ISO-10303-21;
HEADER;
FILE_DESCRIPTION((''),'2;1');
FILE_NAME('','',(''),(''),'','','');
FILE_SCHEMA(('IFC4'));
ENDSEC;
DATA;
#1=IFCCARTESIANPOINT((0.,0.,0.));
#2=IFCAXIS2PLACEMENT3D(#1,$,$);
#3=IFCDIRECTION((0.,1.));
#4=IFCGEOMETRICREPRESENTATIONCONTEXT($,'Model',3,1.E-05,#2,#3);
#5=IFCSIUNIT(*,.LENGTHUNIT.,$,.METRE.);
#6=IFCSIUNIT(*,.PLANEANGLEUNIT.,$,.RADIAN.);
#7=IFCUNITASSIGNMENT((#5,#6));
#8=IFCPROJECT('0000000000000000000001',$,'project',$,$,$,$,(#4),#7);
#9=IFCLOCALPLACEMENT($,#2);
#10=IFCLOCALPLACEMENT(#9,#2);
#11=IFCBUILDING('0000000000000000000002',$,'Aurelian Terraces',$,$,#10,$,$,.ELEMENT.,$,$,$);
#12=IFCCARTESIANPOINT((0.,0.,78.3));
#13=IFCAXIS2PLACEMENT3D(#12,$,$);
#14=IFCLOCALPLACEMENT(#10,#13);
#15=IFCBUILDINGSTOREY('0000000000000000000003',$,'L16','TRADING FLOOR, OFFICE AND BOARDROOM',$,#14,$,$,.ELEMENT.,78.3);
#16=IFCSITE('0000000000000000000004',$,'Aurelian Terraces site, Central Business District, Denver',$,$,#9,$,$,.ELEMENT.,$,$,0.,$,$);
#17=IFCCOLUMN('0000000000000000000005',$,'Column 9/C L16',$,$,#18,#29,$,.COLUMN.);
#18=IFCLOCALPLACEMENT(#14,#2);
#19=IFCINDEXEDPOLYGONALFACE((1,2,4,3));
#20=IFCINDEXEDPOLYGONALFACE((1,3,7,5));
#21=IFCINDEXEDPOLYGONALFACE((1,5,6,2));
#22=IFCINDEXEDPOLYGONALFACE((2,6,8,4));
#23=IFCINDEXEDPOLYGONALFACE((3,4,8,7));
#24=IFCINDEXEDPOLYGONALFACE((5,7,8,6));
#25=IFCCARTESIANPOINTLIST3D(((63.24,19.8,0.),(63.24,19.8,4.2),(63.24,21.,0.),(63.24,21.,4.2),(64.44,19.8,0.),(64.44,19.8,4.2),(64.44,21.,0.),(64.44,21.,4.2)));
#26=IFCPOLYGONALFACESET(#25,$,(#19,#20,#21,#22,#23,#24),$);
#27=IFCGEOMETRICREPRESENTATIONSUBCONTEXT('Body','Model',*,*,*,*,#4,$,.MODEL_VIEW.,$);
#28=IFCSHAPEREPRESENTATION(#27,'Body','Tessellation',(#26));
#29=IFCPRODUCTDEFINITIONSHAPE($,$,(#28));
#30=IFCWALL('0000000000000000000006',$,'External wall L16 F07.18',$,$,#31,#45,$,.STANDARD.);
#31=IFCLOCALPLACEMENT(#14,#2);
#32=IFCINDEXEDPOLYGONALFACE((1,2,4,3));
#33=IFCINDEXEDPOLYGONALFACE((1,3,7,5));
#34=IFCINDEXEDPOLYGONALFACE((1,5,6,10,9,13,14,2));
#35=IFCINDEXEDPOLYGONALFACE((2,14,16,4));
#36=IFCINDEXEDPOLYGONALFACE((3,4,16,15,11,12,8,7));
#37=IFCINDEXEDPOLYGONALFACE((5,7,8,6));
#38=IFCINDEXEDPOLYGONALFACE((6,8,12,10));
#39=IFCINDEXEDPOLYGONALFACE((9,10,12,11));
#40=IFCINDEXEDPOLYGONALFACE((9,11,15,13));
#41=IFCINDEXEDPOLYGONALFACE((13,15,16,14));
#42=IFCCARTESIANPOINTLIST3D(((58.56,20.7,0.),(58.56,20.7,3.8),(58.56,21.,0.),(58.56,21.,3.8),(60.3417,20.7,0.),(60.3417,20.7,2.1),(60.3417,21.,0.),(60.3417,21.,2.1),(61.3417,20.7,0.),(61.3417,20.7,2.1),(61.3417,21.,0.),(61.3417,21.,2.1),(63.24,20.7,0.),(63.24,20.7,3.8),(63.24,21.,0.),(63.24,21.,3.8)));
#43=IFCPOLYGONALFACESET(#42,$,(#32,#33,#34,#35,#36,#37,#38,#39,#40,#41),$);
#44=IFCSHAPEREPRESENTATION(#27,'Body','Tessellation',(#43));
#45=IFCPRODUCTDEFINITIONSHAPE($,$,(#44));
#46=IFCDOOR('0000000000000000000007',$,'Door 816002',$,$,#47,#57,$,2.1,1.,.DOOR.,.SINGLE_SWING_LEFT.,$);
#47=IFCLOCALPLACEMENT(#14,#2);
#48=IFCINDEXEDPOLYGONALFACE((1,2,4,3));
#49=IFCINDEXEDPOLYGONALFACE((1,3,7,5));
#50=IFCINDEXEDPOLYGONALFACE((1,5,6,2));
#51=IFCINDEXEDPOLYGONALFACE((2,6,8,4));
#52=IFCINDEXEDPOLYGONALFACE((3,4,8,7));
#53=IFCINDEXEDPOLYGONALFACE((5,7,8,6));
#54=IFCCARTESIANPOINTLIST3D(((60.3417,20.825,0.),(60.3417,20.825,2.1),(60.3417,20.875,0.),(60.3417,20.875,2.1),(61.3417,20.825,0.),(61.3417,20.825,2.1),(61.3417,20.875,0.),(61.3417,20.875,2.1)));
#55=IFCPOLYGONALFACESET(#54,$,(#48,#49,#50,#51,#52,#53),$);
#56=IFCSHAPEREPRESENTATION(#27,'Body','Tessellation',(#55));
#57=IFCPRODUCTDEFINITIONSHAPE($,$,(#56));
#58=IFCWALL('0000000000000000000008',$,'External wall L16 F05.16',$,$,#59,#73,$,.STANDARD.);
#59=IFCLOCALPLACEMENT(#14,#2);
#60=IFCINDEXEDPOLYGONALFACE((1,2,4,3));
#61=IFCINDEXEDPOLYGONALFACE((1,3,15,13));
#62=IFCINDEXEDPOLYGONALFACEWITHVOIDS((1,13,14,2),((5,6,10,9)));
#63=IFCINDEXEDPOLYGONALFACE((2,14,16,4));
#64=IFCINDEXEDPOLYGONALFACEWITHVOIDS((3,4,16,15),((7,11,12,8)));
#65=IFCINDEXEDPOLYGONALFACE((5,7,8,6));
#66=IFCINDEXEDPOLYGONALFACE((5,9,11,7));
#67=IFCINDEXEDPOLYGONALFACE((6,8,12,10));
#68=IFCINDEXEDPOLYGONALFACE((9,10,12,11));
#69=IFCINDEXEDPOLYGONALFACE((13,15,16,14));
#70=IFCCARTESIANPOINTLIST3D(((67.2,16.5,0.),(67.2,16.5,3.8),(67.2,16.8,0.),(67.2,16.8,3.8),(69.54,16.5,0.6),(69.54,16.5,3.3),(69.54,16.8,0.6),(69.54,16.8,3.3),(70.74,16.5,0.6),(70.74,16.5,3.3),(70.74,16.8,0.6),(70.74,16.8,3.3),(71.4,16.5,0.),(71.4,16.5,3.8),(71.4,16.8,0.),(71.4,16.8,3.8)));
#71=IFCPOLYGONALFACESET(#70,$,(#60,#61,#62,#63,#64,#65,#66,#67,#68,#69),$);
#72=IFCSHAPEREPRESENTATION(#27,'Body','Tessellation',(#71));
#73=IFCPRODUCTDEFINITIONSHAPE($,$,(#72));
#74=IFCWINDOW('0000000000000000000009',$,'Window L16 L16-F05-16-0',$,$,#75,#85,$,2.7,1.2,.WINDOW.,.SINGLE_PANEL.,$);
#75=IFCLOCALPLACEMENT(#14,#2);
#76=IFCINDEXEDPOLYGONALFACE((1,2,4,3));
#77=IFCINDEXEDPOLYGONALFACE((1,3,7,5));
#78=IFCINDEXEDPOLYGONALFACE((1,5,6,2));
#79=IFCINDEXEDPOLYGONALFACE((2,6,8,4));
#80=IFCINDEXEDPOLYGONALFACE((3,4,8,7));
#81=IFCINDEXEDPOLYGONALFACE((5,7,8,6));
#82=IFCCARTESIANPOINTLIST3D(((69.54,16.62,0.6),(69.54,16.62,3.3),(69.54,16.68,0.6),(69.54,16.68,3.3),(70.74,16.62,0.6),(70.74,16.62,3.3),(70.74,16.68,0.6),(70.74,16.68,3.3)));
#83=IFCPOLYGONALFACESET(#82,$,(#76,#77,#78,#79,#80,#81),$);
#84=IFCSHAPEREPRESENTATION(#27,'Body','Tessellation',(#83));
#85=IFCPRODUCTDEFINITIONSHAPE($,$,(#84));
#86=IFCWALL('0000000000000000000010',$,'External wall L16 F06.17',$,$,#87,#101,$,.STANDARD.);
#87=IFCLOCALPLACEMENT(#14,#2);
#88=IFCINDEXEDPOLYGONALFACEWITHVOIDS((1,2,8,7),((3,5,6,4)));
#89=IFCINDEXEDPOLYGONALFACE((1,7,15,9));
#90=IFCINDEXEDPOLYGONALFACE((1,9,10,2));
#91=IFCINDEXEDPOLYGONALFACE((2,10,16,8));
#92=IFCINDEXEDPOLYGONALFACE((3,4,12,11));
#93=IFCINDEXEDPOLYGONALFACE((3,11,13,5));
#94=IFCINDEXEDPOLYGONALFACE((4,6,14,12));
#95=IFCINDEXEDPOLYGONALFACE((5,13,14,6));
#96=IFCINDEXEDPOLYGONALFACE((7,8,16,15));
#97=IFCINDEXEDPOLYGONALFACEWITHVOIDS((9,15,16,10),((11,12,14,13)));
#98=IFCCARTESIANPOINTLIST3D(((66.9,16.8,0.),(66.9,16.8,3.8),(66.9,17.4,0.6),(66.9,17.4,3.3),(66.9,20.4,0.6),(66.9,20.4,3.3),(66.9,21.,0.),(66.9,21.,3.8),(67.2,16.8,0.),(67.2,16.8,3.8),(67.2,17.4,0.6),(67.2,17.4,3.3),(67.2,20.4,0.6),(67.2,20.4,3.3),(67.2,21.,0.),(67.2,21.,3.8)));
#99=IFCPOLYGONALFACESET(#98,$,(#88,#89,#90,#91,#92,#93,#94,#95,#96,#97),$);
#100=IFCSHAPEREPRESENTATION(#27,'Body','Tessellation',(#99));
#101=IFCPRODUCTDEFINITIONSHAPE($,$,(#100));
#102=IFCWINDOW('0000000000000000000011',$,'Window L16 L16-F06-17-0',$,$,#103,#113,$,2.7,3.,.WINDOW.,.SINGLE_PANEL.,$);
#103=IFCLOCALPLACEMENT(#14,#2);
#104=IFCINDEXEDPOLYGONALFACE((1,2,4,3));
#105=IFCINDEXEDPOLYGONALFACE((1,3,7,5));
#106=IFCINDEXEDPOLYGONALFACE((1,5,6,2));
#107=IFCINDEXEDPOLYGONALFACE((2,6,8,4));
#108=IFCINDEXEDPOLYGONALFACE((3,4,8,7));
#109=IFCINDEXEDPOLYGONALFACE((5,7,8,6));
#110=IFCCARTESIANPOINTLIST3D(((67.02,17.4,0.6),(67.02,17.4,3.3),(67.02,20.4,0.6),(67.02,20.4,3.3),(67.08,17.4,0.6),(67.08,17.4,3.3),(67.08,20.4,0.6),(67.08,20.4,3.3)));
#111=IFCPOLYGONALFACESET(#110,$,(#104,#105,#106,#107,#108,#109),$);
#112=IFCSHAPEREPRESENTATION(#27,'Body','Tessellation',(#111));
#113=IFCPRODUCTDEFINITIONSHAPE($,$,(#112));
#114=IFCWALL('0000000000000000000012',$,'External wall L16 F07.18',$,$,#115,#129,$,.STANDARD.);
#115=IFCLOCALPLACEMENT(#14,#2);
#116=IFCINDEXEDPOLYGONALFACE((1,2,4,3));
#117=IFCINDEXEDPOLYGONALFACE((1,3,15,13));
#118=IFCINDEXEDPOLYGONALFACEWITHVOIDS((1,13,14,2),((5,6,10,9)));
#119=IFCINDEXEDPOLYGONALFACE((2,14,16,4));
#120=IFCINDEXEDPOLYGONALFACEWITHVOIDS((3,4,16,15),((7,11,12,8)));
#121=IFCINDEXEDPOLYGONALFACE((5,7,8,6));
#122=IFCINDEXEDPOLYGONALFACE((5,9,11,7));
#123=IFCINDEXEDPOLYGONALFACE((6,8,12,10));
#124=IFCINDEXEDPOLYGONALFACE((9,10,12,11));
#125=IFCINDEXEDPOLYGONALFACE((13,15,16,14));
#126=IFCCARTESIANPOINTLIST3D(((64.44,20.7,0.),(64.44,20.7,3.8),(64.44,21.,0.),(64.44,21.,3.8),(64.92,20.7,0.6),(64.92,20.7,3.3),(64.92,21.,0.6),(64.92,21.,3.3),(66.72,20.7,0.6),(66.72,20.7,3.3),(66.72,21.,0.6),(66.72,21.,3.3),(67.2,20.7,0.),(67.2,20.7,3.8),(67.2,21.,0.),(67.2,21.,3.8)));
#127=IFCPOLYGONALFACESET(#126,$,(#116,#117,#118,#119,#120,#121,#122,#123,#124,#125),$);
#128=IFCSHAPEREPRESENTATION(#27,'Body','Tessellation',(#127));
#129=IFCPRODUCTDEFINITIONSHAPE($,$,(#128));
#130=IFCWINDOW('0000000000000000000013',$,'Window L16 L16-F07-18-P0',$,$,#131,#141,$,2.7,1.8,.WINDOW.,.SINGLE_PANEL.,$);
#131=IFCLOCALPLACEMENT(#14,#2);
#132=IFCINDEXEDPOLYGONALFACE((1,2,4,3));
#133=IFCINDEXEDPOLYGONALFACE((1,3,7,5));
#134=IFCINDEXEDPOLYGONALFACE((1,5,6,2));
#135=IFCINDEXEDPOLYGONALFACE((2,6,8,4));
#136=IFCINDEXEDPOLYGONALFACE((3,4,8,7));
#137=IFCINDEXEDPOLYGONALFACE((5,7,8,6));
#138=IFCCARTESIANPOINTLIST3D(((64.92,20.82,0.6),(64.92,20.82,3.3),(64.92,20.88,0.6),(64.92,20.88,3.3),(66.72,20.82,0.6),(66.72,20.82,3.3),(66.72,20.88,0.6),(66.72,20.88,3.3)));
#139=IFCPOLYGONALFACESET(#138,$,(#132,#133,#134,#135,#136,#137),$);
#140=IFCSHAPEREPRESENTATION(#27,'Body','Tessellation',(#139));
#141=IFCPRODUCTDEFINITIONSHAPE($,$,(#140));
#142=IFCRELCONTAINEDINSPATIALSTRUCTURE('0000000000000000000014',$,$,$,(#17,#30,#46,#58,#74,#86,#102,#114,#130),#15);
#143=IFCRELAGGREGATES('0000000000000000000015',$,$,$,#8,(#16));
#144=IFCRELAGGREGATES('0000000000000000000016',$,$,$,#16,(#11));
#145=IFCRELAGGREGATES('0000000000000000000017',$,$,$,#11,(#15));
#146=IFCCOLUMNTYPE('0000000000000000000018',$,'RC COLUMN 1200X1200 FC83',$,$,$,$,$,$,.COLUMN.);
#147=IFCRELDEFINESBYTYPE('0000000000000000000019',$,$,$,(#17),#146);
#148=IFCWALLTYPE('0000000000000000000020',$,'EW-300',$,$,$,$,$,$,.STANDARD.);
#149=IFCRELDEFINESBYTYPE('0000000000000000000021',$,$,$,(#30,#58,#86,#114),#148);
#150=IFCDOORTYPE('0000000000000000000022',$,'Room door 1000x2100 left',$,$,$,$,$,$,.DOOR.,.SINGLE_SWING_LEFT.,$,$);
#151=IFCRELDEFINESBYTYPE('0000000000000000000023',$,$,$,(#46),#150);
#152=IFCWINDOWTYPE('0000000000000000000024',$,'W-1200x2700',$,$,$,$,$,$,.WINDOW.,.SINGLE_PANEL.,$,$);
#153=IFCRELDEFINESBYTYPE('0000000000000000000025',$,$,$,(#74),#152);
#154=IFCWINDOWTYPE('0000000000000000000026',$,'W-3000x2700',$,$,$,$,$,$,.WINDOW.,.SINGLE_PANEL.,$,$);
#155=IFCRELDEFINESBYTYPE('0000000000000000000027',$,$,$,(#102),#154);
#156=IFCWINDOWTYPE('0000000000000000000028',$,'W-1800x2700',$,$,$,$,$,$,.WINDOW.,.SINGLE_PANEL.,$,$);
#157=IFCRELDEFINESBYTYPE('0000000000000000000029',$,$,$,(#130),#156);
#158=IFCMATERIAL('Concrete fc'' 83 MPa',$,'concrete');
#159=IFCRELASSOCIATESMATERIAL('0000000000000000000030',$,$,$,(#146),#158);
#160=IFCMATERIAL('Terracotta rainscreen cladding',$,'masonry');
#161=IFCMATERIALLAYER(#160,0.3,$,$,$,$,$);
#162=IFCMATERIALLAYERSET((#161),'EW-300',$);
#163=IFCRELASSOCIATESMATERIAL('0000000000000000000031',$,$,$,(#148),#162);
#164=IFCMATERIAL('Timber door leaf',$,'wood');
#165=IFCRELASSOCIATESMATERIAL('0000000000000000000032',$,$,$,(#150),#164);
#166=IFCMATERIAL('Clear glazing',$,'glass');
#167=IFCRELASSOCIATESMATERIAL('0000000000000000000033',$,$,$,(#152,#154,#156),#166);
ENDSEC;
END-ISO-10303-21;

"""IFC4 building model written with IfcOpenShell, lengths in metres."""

from ifc_helpers import new_model, si_unit, direction, frame, frame_2d, origin, origin_2d, place, context, subcontext, project, spatial, rectangle, extrude, source, transform, mapped, material, layer, layer_set, material_profile, profile_set, type_object, element, fill, save


model = new_model("IFC4")

# Units and contexts
model_context = context("Model", 3, precision=1e-05, world=origin(), true_north=direction((0.0, 1.0)))
body_context = subcontext(model_context, "Body", "Model", "MODEL_VIEW")
ifc_project = project(units=[si_unit("LENGTHUNIT", "METRE"), si_unit("PLANEANGLEUNIT", "RADIAN")], contexts=[model_context])

# Site, building, storey
site_placement = place(None, origin())
site = spatial("IfcSite", under=ifc_project, at=site_placement, Name="Aurelian Terraces site, Central Business District, Denver", CompositionType="ELEMENT", RefElevation=0.0)
building_placement = place(site_placement, origin())
building = spatial("IfcBuilding", under=site, at=building_placement, Name="Aurelian Terraces", CompositionType="ELEMENT")
storey_placement = place(building_placement, frame((0.0, 0.0, 78.3)))
storey = spatial("IfcBuildingStorey", under=building, at=storey_placement, Name="L16", Description="TRADING FLOOR, OFFICE AND BOARDROOM", CompositionType="ELEMENT", Elevation=78.3)

# Column
ifc_material_1 = material(Name="Concrete fc' 83 MPa", Category="concrete")
ifc_material_profile = material_profile(ifc_material_1, rectangle(XDim=1.2, YDim=1.2, at=origin_2d()))
ifc_profile_set = profile_set([ifc_material_profile], Name="Concrete fc' 83 MPa")
column_type = type_object("IfcColumnType", Name="RC COLUMN 1200X1200 FC83", PredefinedType="COLUMN", material=ifc_profile_set)
shared_shape_1 = source(origin(), body_context, "Body", "SweptSolid", [
    extrude(rectangle(XDim=1.2, YDim=1.2, at=origin_2d()), origin(), (0.0, 0.0, 1.0), 4.2),
])
column_placement = place(storey_placement, frame((63.84, 20.4, 0.0), z_axis=(0.0, 0.0, 1.0), x_axis=(1.0, 0.0, 0.0)))
element("IfcColumn", 1, at=column_placement, inside=storey, type_object=column_type, Name="Column 9/C L16", PredefinedType="COLUMN", context=body_context, shape_type="MappedRepresentation", body=[
    mapped(shared_shape_1, transform((0.0, 0.0, 0.0), scale=1.0)),
])

# Wall, opening, door
ifc_material_2 = material(Name="Terracotta rainscreen cladding", Category="masonry")
ifc_layer_1 = layer(ifc_material_2, 0.3)
ifc_layer_set_1 = layer_set([ifc_layer_1], Name="EW-300")
wall_type_1 = type_object("IfcWallType", Name="EW-300", PredefinedType="STANDARD", material=ifc_layer_set_1)
shared_shape_2 = source(origin(), body_context, "Body", "SweptSolid", [
    extrude(rectangle(XDim=4.68, YDim=0.3, at=frame_2d((2.34, 0.0))), origin(), (0.0, 0.0, 1.0), 3.8),
])
wall_1_placement = place(storey_placement, frame((63.24, 20.85, 0.0), z_axis=(0.0, 0.0, 1.0), x_axis=(-1.0, 0.0, 0.0)))
wall_1 = element("IfcWall", 2, at=wall_1_placement, inside=storey, type_object=wall_type_1, Name="External wall L16 F07.18", PredefinedType="STANDARD", context=body_context, shape_type="MappedRepresentation", body=[
    mapped(shared_shape_2, transform((0.0, 0.0, 0.0), scale=1.0)),
])
shared_shape_3 = source(origin(), body_context, "Body", "SweptSolid", [
    extrude(rectangle(XDim=1.0, YDim=2.1, at=frame_2d((0.5, 1.05))), frame((0.0, 0.16, 0.0), z_axis=(0.0, -1.0, 0.0), x_axis=(1.0, 0.0, 0.0)), (0.0, 0.0, 1.0), 0.32),
])
opening_1_placement = place(wall_1_placement, frame((1.8983, 0.0, 0.0)))
opening_1 = element("IfcOpeningElement", 3, at=opening_1_placement, cuts=wall_1, PredefinedType="OPENING", context=body_context, shape_type="MappedRepresentation", body=[
    mapped(shared_shape_3, transform((0.0, 0.0, 0.0), scale=1.0)),
])
ifc_material_3 = material(Name="Timber door leaf", Category="wood")
door_type_1 = type_object("IfcDoorType", Name="Room door 1000x2100 left", OperationType="SINGLE_SWING_LEFT", PredefinedType="DOOR", material=ifc_material_3)
shared_shape_4 = source(origin(), body_context, "Body", "SweptSolid", [
    extrude(rectangle(XDim=1.0, YDim=2.1, at=frame_2d((0.5, 1.05))), frame((0.0, 0.025, 0.0), z_axis=(0.0, -1.0, 0.0), x_axis=(1.0, 0.0, 0.0)), (0.0, 0.0, 1.0), 0.05),
])
door_1_placement = place(opening_1_placement, origin())
door_1 = element("IfcDoor", 4, at=door_1_placement, inside=storey, type_object=door_type_1, Name="Door 816002", OperationType="SINGLE_SWING_LEFT", OverallHeight=2.1, OverallWidth=1.0, PredefinedType="DOOR", context=body_context, shape_type="MappedRepresentation", body=[
    mapped(shared_shape_4, transform((0.0, 0.0, 0.0), scale=1.0)),
])
fill(opening_1, door_1)

# Walls, openings, windows
shared_shape_5 = source(origin(), body_context, "Body", "SweptSolid", [
    extrude(rectangle(XDim=4.2, YDim=0.3, at=frame_2d((2.1, 0.0))), origin(), (0.0, 0.0, 1.0), 3.8),
])
wall_2_placement = place(storey_placement, frame((71.4, 16.65, 0.0), z_axis=(0.0, 0.0, 1.0), x_axis=(-1.0, 0.0, 0.0)))
wall_2 = element("IfcWall", 5, at=wall_2_placement, inside=storey, type_object=wall_type_1, Name="External wall L16 F05.16", PredefinedType="STANDARD", context=body_context, shape_type="MappedRepresentation", body=[
    mapped(shared_shape_5, transform((0.0, 0.0, 0.0), scale=1.0)),
])
shared_shape_6 = source(origin(), body_context, "Body", "SweptSolid", [
    extrude(rectangle(XDim=1.2, YDim=2.7, at=frame_2d((0.6, 1.35))), frame((0.0, 0.16, 0.0), z_axis=(0.0, -1.0, 0.0), x_axis=(1.0, 0.0, 0.0)), (0.0, 0.0, 1.0), 0.32),
])
opening_2_placement = place(wall_2_placement, frame((0.66, 0.0, 0.6)))
opening_2 = element("IfcOpeningElement", 6, at=opening_2_placement, cuts=wall_2, PredefinedType="OPENING", context=body_context, shape_type="MappedRepresentation", body=[
    mapped(shared_shape_6, transform((0.0, 0.0, 0.0), scale=1.0)),
])
ifc_material_4 = material(Name="Clear glazing", Category="glass")
window_type_1 = type_object("IfcWindowType", Name="W-1200x2700", PartitioningType="SINGLE_PANEL", PredefinedType="WINDOW", material=ifc_material_4)
shared_shape_7 = source(origin(), body_context, "Body", "SweptSolid", [
    extrude(rectangle(XDim=1.2, YDim=2.7, at=frame_2d((0.6, 1.35))), frame((0.0, 0.03, 0.0), z_axis=(0.0, -1.0, 0.0), x_axis=(1.0, 0.0, 0.0)), (0.0, 0.0, 1.0), 0.06),
])
window_1_placement = place(opening_2_placement, origin())
window_1 = element("IfcWindow", 7, at=window_1_placement, inside=storey, type_object=window_type_1, Name="Window L16 L16-F05-16-0", OverallHeight=2.7, OverallWidth=1.2, PartitioningType="SINGLE_PANEL", PredefinedType="WINDOW", context=body_context, shape_type="MappedRepresentation", body=[
    mapped(shared_shape_7, transform((0.0, 0.0, 0.0), scale=1.0)),
])
fill(opening_2, window_1)
wall_3_placement = place(storey_placement, frame((67.05, 16.8, 0.0), z_axis=(0.0, 0.0, 1.0), x_axis=(0.0, 1.0, 0.0)))
wall_3 = element("IfcWall", 8, at=wall_3_placement, inside=storey, type_object=wall_type_1, Name="External wall L16 F06.17", PredefinedType="STANDARD", context=body_context, shape_type="MappedRepresentation", body=[
    mapped(shared_shape_5, transform((0.0, 0.0, 0.0), scale=1.0)),
])
shared_shape_8 = source(origin(), body_context, "Body", "SweptSolid", [
    extrude(rectangle(XDim=3.0, YDim=2.7, at=frame_2d((1.5, 1.35))), frame((0.0, 0.16, 0.0), z_axis=(0.0, -1.0, 0.0), x_axis=(1.0, 0.0, 0.0)), (0.0, 0.0, 1.0), 0.32),
])
opening_3_placement = place(wall_3_placement, frame((0.6, 0.0, 0.6)))
opening_3 = element("IfcOpeningElement", 9, at=opening_3_placement, cuts=wall_3, PredefinedType="OPENING", context=body_context, shape_type="MappedRepresentation", body=[
    mapped(shared_shape_8, transform((0.0, 0.0, 0.0), scale=1.0)),
])
window_type_2 = type_object("IfcWindowType", Name="W-3000x2700", PartitioningType="SINGLE_PANEL", PredefinedType="WINDOW", material=ifc_material_4)
shared_shape_9 = source(origin(), body_context, "Body", "SweptSolid", [
    extrude(rectangle(XDim=3.0, YDim=2.7, at=frame_2d((1.5, 1.35))), frame((0.0, 0.03, 0.0), z_axis=(0.0, -1.0, 0.0), x_axis=(1.0, 0.0, 0.0)), (0.0, 0.0, 1.0), 0.06),
])
window_2_placement = place(opening_3_placement, origin())
window_2 = element("IfcWindow", 10, at=window_2_placement, inside=storey, type_object=window_type_2, Name="Window L16 L16-F06-17-0", OverallHeight=2.7, OverallWidth=3.0, PartitioningType="SINGLE_PANEL", PredefinedType="WINDOW", context=body_context, shape_type="MappedRepresentation", body=[
    mapped(shared_shape_9, transform((0.0, 0.0, 0.0), scale=1.0)),
])
fill(opening_3, window_2)
shared_shape_10 = source(origin(), body_context, "Body", "SweptSolid", [
    extrude(rectangle(XDim=2.76, YDim=0.3, at=frame_2d((1.38, 0.0))), origin(), (0.0, 0.0, 1.0), 3.8),
])
wall_4_placement = place(storey_placement, frame((67.2, 20.85, 0.0), z_axis=(0.0, 0.0, 1.0), x_axis=(-1.0, 0.0, 0.0)))
wall_4 = element("IfcWall", 11, at=wall_4_placement, inside=storey, type_object=wall_type_1, Name="External wall L16 F07.18", PredefinedType="STANDARD", context=body_context, shape_type="MappedRepresentation", body=[
    mapped(shared_shape_10, transform((0.0, 0.0, 0.0), scale=1.0)),
])
shared_shape_11 = source(origin(), body_context, "Body", "SweptSolid", [
    extrude(rectangle(XDim=1.8, YDim=2.7, at=frame_2d((0.9, 1.35))), frame((0.0, 0.16, 0.0), z_axis=(0.0, -1.0, 0.0), x_axis=(1.0, 0.0, 0.0)), (0.0, 0.0, 1.0), 0.32),
])
opening_4_placement = place(wall_4_placement, frame((0.48, 0.0, 0.6)))
opening_4 = element("IfcOpeningElement", 12, at=opening_4_placement, cuts=wall_4, PredefinedType="OPENING", context=body_context, shape_type="MappedRepresentation", body=[
    mapped(shared_shape_11, transform((0.0, 0.0, 0.0), scale=1.0)),
])
window_type_3 = type_object("IfcWindowType", Name="W-1800x2700", PartitioningType="SINGLE_PANEL", PredefinedType="WINDOW", material=ifc_material_4)
shared_shape_12 = source(origin(), body_context, "Body", "SweptSolid", [
    extrude(rectangle(XDim=1.8, YDim=2.7, at=frame_2d((0.9, 1.35))), frame((0.0, 0.03, 0.0), z_axis=(0.0, -1.0, 0.0), x_axis=(1.0, 0.0, 0.0)), (0.0, 0.0, 1.0), 0.06),
])
window_3_placement = place(opening_4_placement, origin())
window_3 = element("IfcWindow", 13, at=window_3_placement, inside=storey, type_object=window_type_3, Name="Window L16 L16-F07-18-P0", OverallHeight=2.7, OverallWidth=1.8, PartitioningType="SINGLE_PANEL", PredefinedType="WINDOW", context=body_context, shape_type="MappedRepresentation", body=[
    mapped(shared_shape_12, transform((0.0, 0.0, 0.0), scale=1.0)),
])
fill(opening_4, window_3)

save(model, "model.ifc")
